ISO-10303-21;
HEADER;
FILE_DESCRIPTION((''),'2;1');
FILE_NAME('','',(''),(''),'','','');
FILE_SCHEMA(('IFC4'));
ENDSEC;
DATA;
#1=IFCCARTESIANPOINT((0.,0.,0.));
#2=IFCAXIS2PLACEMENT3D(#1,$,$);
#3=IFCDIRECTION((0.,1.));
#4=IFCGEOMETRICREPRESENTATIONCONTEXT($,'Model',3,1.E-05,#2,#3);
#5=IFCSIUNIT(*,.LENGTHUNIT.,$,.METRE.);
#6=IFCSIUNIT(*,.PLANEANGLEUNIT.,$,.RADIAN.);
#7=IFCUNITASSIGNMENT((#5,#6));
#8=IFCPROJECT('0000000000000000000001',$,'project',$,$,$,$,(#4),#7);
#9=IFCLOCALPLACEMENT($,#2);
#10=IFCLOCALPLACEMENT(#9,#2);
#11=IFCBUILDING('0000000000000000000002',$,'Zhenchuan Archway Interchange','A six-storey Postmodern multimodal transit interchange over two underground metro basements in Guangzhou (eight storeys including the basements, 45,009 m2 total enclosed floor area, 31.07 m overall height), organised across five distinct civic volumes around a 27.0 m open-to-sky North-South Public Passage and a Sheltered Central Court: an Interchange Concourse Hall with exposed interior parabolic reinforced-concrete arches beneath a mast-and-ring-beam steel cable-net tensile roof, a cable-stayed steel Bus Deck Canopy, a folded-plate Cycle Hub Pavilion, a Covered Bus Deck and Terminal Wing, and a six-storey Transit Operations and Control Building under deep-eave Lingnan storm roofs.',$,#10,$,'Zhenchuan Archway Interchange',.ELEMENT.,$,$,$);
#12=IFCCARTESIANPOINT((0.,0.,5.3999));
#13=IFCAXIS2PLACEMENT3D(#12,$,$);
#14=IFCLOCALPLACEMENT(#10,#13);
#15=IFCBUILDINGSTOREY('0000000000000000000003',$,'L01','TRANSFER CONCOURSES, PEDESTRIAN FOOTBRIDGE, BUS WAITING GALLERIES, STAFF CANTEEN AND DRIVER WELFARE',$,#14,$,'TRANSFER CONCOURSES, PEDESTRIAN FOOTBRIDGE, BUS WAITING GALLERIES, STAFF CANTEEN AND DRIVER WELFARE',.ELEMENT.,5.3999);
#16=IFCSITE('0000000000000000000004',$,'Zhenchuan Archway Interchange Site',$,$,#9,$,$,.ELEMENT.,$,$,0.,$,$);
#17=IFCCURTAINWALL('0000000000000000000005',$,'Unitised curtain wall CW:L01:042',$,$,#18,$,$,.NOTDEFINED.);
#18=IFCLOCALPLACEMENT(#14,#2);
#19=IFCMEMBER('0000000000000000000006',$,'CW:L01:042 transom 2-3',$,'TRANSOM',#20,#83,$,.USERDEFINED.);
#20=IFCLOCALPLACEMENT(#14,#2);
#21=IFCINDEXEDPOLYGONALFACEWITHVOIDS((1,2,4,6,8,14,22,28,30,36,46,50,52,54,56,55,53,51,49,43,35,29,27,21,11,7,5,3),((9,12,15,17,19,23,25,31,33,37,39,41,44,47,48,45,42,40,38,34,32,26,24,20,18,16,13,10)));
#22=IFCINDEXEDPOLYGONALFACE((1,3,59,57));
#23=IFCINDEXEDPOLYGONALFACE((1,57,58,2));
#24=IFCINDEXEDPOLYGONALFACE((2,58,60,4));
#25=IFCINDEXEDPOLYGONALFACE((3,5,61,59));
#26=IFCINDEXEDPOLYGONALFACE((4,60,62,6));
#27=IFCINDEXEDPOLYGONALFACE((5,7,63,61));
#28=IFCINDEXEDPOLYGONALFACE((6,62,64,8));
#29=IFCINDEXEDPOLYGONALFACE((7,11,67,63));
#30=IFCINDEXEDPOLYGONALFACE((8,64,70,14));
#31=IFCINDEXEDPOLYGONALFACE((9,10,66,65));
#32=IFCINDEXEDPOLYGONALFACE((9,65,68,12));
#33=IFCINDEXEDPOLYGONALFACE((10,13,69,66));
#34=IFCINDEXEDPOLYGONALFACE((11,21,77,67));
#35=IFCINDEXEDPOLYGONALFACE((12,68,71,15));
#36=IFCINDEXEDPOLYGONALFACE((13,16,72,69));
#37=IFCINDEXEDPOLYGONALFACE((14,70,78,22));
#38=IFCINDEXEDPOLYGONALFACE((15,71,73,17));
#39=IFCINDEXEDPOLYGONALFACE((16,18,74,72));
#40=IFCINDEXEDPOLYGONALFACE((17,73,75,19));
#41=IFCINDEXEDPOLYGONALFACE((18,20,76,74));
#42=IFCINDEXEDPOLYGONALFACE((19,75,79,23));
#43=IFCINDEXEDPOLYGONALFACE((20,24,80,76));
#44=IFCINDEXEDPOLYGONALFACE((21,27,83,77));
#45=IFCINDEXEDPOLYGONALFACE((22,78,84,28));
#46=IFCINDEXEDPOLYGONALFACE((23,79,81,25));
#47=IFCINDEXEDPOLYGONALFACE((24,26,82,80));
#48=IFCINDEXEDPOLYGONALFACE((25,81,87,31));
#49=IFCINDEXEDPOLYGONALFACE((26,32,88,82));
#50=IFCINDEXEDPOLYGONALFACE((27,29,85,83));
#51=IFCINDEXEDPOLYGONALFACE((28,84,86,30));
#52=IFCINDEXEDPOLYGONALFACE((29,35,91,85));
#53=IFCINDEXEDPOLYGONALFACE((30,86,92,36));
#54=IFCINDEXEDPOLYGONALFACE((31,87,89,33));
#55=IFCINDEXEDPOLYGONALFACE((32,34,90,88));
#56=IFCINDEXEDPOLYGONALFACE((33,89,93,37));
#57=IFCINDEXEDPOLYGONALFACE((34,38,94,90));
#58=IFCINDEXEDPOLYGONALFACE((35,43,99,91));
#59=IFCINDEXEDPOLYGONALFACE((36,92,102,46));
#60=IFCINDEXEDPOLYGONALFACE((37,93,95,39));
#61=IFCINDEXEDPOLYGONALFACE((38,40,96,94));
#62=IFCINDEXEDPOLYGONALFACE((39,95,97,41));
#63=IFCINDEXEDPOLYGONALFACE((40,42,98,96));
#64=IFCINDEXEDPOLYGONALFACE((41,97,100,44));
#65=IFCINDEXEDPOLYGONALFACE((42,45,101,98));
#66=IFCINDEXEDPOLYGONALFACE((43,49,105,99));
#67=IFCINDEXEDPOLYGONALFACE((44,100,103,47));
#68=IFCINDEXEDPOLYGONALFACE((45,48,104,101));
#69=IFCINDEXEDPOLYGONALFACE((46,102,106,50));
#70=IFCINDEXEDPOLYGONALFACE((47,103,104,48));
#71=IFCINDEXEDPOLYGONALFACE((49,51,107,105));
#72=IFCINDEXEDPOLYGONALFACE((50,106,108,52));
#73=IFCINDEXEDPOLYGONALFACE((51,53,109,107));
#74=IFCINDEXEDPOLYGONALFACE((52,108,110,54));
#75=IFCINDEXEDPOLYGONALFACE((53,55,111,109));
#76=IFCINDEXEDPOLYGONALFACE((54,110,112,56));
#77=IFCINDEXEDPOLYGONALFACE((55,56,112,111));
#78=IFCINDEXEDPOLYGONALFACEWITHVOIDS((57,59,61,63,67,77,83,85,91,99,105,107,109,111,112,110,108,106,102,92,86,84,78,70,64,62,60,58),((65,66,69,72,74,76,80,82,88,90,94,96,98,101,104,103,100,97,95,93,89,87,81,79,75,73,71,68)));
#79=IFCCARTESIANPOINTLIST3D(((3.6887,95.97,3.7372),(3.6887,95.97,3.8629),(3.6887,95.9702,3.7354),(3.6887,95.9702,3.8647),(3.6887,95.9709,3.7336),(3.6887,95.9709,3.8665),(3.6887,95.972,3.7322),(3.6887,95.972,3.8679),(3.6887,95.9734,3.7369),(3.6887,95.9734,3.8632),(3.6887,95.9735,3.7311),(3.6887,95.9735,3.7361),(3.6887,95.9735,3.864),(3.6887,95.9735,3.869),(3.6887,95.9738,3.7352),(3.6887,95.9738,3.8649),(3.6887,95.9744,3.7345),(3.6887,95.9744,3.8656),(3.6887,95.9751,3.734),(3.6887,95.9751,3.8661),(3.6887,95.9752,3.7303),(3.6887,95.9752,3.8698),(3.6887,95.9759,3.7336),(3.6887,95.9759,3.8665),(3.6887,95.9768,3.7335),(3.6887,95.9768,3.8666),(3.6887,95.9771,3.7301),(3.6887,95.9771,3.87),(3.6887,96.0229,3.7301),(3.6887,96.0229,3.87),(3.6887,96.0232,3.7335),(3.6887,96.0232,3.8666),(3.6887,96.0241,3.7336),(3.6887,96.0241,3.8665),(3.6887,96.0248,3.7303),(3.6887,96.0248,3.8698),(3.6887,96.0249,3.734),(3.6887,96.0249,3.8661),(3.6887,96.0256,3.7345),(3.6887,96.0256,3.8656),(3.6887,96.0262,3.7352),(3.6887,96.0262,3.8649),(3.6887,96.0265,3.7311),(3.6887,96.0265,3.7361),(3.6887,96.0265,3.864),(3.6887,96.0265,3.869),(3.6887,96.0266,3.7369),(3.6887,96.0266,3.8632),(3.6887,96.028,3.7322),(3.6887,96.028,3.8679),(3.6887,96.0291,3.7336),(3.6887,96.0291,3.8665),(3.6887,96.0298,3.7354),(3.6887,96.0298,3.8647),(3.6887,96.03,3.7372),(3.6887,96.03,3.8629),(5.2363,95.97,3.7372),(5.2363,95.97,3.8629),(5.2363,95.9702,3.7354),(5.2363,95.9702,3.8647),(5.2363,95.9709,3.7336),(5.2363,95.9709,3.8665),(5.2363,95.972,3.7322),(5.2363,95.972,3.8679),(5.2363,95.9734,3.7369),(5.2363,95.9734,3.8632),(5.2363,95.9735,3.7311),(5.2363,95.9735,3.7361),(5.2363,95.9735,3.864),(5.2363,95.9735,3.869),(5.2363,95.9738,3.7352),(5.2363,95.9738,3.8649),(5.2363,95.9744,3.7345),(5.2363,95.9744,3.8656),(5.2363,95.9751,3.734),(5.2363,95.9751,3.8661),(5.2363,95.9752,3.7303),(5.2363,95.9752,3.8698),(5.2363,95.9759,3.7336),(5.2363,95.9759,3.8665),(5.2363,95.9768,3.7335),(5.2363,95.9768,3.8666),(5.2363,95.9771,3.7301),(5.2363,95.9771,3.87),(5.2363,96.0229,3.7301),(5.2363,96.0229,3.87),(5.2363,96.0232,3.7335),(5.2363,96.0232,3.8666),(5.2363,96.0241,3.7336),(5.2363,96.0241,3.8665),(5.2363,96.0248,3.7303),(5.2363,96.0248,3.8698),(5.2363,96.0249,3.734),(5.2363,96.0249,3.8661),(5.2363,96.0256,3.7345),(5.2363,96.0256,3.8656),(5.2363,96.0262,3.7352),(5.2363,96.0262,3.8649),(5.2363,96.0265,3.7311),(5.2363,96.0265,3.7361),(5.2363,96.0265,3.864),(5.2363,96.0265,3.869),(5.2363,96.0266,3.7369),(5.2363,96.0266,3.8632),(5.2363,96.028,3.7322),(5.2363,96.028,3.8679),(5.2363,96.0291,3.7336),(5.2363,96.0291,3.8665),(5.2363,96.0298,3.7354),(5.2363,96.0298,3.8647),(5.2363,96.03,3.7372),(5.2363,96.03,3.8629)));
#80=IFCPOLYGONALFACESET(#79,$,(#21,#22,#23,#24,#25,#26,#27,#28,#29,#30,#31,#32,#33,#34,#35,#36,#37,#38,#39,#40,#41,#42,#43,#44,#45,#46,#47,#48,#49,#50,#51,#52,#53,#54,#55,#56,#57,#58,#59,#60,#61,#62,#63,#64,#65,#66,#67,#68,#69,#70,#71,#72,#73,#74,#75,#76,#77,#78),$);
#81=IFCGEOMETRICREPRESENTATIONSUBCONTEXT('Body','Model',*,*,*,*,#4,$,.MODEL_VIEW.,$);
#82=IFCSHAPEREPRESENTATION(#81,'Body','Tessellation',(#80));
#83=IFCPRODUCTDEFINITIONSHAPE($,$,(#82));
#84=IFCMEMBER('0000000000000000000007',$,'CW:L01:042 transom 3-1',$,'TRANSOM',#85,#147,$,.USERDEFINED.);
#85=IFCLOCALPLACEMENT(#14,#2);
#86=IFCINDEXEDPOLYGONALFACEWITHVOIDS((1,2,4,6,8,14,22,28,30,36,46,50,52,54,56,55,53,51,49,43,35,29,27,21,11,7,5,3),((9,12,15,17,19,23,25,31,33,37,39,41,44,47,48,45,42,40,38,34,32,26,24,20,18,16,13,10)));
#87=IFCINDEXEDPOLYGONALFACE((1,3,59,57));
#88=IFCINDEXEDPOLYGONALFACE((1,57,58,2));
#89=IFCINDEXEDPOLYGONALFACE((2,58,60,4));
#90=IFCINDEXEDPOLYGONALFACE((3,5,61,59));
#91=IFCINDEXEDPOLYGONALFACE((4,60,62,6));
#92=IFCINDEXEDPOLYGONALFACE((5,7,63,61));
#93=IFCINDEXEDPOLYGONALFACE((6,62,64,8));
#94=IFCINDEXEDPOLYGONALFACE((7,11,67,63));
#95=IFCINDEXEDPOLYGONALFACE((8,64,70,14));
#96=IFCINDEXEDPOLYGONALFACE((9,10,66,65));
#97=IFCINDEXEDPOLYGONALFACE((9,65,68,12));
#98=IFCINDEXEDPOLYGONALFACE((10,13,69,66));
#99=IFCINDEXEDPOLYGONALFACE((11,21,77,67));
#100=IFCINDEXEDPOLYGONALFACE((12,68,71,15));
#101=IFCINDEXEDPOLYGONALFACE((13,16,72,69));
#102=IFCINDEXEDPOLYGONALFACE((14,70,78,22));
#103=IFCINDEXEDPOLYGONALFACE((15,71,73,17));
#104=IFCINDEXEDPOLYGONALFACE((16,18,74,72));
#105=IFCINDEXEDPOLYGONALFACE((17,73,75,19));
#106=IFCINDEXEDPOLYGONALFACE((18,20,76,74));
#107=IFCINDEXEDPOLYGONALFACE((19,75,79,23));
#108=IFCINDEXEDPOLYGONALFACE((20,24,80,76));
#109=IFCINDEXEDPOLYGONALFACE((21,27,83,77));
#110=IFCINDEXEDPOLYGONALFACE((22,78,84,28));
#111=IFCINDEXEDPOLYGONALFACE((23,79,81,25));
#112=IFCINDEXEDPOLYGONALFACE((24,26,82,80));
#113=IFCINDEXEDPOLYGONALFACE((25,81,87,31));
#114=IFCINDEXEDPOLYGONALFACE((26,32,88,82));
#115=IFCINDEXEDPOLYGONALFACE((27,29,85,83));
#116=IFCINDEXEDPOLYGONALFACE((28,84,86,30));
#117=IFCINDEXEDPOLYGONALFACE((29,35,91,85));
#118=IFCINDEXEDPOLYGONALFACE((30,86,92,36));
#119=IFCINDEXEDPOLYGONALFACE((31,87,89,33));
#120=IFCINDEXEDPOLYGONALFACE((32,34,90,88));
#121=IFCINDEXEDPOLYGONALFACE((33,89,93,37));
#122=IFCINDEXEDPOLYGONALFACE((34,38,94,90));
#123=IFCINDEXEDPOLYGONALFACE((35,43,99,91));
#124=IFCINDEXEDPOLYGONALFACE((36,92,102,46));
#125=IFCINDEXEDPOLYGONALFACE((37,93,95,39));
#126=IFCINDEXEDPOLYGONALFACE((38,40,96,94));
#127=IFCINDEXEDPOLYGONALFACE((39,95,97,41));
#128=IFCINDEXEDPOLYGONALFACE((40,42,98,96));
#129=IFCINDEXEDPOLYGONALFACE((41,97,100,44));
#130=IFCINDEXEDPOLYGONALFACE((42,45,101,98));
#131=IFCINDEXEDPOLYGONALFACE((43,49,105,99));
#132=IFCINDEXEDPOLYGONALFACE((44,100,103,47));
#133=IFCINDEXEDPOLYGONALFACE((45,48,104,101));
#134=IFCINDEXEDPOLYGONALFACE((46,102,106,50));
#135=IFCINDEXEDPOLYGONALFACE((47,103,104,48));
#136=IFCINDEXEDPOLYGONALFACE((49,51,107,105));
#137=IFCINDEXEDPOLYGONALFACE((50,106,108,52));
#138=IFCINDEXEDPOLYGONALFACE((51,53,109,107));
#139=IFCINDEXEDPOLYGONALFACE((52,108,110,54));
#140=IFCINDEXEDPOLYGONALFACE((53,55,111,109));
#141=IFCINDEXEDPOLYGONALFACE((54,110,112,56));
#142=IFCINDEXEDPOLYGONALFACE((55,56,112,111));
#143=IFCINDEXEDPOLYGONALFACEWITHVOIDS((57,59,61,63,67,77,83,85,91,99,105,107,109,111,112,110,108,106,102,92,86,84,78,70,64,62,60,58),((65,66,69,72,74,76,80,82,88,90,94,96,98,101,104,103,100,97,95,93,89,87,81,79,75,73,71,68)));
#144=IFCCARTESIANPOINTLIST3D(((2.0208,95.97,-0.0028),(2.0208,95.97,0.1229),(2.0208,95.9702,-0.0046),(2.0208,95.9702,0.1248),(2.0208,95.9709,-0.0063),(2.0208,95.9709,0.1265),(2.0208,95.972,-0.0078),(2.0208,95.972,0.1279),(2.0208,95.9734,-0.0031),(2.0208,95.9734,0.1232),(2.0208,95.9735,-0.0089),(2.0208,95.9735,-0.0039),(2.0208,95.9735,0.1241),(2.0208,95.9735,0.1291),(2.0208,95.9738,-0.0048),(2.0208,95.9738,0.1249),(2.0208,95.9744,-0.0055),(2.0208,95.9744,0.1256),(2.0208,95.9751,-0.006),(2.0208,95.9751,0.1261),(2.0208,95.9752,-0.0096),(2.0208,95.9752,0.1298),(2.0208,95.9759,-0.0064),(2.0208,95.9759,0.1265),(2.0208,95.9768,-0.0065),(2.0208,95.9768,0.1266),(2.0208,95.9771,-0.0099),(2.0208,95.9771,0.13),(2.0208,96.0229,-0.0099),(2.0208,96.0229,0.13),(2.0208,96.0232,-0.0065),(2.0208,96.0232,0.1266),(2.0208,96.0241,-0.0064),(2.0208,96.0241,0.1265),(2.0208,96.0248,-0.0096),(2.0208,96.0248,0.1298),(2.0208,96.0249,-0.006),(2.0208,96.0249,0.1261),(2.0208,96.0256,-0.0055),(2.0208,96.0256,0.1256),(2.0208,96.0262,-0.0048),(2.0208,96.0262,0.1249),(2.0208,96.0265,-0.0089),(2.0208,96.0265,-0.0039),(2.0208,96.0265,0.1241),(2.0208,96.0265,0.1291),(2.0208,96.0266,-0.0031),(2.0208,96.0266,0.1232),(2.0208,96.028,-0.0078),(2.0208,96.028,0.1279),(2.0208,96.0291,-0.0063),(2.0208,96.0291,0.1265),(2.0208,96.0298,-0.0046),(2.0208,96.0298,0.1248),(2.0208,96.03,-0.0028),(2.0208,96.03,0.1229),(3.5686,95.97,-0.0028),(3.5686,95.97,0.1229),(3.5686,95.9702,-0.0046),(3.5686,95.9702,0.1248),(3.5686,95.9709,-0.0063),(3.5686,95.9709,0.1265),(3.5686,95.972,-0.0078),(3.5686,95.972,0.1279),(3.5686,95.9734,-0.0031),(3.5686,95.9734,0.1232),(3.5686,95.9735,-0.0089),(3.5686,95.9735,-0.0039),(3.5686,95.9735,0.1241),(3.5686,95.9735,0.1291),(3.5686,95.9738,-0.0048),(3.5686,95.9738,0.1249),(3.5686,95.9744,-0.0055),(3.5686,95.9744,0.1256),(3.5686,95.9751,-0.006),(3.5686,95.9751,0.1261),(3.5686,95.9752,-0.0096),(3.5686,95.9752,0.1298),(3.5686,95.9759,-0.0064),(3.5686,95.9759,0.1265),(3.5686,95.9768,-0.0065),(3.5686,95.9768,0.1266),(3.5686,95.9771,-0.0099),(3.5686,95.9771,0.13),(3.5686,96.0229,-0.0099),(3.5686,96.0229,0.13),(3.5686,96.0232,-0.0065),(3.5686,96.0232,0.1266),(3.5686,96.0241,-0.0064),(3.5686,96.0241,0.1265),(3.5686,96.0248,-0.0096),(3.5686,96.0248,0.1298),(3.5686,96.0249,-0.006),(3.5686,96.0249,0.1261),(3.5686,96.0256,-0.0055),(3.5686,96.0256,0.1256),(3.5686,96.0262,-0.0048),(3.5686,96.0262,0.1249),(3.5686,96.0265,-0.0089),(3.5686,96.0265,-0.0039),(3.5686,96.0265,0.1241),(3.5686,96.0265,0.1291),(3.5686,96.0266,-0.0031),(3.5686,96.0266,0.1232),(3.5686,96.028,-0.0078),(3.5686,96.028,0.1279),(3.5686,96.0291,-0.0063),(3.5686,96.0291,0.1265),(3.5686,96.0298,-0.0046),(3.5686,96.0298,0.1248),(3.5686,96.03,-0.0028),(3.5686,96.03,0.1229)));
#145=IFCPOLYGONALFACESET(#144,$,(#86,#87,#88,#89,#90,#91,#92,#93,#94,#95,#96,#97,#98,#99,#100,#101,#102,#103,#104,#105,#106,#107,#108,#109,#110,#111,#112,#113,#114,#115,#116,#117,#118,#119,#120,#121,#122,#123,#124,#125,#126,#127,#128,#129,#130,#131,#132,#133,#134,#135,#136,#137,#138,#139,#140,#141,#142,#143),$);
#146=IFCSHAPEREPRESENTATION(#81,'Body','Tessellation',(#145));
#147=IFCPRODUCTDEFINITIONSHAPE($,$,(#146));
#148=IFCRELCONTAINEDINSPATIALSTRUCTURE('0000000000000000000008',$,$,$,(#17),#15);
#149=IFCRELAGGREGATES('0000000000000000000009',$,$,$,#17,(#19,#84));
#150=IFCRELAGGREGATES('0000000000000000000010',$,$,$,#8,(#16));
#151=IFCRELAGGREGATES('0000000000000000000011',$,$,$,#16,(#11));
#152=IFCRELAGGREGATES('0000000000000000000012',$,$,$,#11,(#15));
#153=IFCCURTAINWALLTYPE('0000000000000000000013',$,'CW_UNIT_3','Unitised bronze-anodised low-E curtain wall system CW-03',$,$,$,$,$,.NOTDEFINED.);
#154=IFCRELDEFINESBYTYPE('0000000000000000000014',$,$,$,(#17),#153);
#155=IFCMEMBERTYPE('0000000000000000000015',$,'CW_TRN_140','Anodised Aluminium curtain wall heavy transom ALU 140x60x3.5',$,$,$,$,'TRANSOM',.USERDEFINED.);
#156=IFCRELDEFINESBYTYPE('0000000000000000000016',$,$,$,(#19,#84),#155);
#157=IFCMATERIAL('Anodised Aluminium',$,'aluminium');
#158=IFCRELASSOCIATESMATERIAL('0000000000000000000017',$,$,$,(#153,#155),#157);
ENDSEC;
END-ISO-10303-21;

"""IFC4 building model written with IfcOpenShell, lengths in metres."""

from ifc_helpers import new_model, si_unit, direction, frame, origin, origin_2d, place, context, subcontext, project, spatial, hollow_rectangle, extrude, material, material_profile, profile_set, type_object, element, aggregate, save


model = new_model("IFC4")

# Units and contexts
model_context = context("Model", 3, precision=1e-05, world=origin(), true_north=direction((0.0, 1.0)))
body_context = subcontext(model_context, "Body", "Model", "MODEL_VIEW")
ifc_project = project(units=[si_unit("LENGTHUNIT", "METRE"), si_unit("PLANEANGLEUNIT", "RADIAN")], contexts=[model_context])

# Site, building, storey
site_placement = place(None, origin())
site = spatial("IfcSite", under=ifc_project, at=site_placement, Name="Zhenchuan Archway Interchange Site", CompositionType="ELEMENT", RefElevation=0.0)
building_placement = place(site_placement, origin())
building = spatial("IfcBuilding", under=site, at=building_placement, Name="Zhenchuan Archway Interchange", Description="A six-storey Postmodern multimodal transit interchange over two underground metro basements in Guangzhou (eight storeys including the basements, 45,009 m2 total enclosed floor area, 31.07 m overall height), organised across five distinct civic volumes around a 27.0 m open-to-sky North-South Public Passage and a Sheltered Central Court: an Interchange Concourse Hall with exposed interior parabolic reinforced-concrete arches beneath a mast-and-ring-beam steel cable-net tensile roof, a cable-stayed steel Bus Deck Canopy, a folded-plate Cycle Hub Pavilion, a Covered Bus Deck and Terminal Wing, and a six-storey Transit Operations and Control Building under deep-eave Lingnan storm roofs.", LongName="Zhenchuan Archway Interchange", CompositionType="ELEMENT")
storey_placement = place(building_placement, frame((0.0, 0.0, 5.3999)))
storey = spatial("IfcBuildingStorey", under=building, at=storey_placement, Name="L01", Description="TRANSFER CONCOURSES, PEDESTRIAN FOOTBRIDGE, BUS WAITING GALLERIES, STAFF CANTEEN AND DRIVER WELFARE", LongName="TRANSFER CONCOURSES, PEDESTRIAN FOOTBRIDGE, BUS WAITING GALLERIES, STAFF CANTEEN AND DRIVER WELFARE", CompositionType="ELEMENT", Elevation=5.3999)

# Curtain wall, members
ifc_material_1 = material(Name="Anodised Aluminium", Category="aluminium")
curtain_wall_type = type_object("IfcCurtainWallType", Name="CW_UNIT_3", Description="Unitised bronze-anodised low-E curtain wall system CW-03", PredefinedType="NOTDEFINED", material=ifc_material_1)
curtain_wall_placement = place(storey_placement, origin())
curtain_wall = element("IfcCurtainWall", 1, at=curtain_wall_placement, inside=storey, type_object=curtain_wall_type, Name="Unitised curtain wall CW:L01:042", PredefinedType="NOTDEFINED")
ifc_material_profile_1 = material_profile(ifc_material_1, hollow_rectangle(XDim=0.0601, YDim=0.1399, WallThickness=0.0034, InnerFilletRadius=0.0034, OuterFilletRadius=0.0071, at=origin_2d()), Name="ALU 140x60x3.5")
ifc_profile_set_1 = profile_set([ifc_material_profile_1], Name="Anodised Aluminium")
member_type_1 = type_object("IfcMemberType", Name="CW_TRN_140", Description="Anodised Aluminium curtain wall heavy transom ALU 140x60x3.5", ElementType="TRANSOM", PredefinedType="USERDEFINED", material=ifc_profile_set_1)
member_1_placement = place(storey_placement, frame((5.2363, 96.0, 3.8), z_axis=(-1.0, 0.0, 0.0), x_axis=(0.0, -1.0, 0.0)))
member_1 = element("IfcMember", 2, at=member_1_placement, type_object=member_type_1, Name="CW:L01:042 transom 2-3", ObjectType="TRANSOM", PredefinedType="USERDEFINED", context=body_context, shape_type="SweptSolid", body=[
    extrude(hollow_rectangle(XDim=0.0601, YDim=0.1399, WallThickness=0.0034, InnerFilletRadius=0.0034, OuterFilletRadius=0.0071, at=origin_2d()), origin(), (0.0, 0.0, 1.0), 1.5476),
])
member_2_placement = place(storey_placement, frame((3.5686, 96.0, 0.0601), z_axis=(-1.0, 0.0, 0.0), x_axis=(0.0, -1.0, 0.0)))
member_2 = element("IfcMember", 3, at=member_2_placement, type_object=member_type_1, Name="CW:L01:042 transom 3-1", ObjectType="TRANSOM", PredefinedType="USERDEFINED", context=body_context, shape_type="SweptSolid", body=[
    extrude(hollow_rectangle(XDim=0.0601, YDim=0.1399, WallThickness=0.0034, InnerFilletRadius=0.0034, OuterFilletRadius=0.0071, at=origin_2d()), origin(), (0.0, 0.0, 1.0), 1.5479),
])

aggregate(curtain_wall, [member_1, member_2])

save(model, "model.ifc")
